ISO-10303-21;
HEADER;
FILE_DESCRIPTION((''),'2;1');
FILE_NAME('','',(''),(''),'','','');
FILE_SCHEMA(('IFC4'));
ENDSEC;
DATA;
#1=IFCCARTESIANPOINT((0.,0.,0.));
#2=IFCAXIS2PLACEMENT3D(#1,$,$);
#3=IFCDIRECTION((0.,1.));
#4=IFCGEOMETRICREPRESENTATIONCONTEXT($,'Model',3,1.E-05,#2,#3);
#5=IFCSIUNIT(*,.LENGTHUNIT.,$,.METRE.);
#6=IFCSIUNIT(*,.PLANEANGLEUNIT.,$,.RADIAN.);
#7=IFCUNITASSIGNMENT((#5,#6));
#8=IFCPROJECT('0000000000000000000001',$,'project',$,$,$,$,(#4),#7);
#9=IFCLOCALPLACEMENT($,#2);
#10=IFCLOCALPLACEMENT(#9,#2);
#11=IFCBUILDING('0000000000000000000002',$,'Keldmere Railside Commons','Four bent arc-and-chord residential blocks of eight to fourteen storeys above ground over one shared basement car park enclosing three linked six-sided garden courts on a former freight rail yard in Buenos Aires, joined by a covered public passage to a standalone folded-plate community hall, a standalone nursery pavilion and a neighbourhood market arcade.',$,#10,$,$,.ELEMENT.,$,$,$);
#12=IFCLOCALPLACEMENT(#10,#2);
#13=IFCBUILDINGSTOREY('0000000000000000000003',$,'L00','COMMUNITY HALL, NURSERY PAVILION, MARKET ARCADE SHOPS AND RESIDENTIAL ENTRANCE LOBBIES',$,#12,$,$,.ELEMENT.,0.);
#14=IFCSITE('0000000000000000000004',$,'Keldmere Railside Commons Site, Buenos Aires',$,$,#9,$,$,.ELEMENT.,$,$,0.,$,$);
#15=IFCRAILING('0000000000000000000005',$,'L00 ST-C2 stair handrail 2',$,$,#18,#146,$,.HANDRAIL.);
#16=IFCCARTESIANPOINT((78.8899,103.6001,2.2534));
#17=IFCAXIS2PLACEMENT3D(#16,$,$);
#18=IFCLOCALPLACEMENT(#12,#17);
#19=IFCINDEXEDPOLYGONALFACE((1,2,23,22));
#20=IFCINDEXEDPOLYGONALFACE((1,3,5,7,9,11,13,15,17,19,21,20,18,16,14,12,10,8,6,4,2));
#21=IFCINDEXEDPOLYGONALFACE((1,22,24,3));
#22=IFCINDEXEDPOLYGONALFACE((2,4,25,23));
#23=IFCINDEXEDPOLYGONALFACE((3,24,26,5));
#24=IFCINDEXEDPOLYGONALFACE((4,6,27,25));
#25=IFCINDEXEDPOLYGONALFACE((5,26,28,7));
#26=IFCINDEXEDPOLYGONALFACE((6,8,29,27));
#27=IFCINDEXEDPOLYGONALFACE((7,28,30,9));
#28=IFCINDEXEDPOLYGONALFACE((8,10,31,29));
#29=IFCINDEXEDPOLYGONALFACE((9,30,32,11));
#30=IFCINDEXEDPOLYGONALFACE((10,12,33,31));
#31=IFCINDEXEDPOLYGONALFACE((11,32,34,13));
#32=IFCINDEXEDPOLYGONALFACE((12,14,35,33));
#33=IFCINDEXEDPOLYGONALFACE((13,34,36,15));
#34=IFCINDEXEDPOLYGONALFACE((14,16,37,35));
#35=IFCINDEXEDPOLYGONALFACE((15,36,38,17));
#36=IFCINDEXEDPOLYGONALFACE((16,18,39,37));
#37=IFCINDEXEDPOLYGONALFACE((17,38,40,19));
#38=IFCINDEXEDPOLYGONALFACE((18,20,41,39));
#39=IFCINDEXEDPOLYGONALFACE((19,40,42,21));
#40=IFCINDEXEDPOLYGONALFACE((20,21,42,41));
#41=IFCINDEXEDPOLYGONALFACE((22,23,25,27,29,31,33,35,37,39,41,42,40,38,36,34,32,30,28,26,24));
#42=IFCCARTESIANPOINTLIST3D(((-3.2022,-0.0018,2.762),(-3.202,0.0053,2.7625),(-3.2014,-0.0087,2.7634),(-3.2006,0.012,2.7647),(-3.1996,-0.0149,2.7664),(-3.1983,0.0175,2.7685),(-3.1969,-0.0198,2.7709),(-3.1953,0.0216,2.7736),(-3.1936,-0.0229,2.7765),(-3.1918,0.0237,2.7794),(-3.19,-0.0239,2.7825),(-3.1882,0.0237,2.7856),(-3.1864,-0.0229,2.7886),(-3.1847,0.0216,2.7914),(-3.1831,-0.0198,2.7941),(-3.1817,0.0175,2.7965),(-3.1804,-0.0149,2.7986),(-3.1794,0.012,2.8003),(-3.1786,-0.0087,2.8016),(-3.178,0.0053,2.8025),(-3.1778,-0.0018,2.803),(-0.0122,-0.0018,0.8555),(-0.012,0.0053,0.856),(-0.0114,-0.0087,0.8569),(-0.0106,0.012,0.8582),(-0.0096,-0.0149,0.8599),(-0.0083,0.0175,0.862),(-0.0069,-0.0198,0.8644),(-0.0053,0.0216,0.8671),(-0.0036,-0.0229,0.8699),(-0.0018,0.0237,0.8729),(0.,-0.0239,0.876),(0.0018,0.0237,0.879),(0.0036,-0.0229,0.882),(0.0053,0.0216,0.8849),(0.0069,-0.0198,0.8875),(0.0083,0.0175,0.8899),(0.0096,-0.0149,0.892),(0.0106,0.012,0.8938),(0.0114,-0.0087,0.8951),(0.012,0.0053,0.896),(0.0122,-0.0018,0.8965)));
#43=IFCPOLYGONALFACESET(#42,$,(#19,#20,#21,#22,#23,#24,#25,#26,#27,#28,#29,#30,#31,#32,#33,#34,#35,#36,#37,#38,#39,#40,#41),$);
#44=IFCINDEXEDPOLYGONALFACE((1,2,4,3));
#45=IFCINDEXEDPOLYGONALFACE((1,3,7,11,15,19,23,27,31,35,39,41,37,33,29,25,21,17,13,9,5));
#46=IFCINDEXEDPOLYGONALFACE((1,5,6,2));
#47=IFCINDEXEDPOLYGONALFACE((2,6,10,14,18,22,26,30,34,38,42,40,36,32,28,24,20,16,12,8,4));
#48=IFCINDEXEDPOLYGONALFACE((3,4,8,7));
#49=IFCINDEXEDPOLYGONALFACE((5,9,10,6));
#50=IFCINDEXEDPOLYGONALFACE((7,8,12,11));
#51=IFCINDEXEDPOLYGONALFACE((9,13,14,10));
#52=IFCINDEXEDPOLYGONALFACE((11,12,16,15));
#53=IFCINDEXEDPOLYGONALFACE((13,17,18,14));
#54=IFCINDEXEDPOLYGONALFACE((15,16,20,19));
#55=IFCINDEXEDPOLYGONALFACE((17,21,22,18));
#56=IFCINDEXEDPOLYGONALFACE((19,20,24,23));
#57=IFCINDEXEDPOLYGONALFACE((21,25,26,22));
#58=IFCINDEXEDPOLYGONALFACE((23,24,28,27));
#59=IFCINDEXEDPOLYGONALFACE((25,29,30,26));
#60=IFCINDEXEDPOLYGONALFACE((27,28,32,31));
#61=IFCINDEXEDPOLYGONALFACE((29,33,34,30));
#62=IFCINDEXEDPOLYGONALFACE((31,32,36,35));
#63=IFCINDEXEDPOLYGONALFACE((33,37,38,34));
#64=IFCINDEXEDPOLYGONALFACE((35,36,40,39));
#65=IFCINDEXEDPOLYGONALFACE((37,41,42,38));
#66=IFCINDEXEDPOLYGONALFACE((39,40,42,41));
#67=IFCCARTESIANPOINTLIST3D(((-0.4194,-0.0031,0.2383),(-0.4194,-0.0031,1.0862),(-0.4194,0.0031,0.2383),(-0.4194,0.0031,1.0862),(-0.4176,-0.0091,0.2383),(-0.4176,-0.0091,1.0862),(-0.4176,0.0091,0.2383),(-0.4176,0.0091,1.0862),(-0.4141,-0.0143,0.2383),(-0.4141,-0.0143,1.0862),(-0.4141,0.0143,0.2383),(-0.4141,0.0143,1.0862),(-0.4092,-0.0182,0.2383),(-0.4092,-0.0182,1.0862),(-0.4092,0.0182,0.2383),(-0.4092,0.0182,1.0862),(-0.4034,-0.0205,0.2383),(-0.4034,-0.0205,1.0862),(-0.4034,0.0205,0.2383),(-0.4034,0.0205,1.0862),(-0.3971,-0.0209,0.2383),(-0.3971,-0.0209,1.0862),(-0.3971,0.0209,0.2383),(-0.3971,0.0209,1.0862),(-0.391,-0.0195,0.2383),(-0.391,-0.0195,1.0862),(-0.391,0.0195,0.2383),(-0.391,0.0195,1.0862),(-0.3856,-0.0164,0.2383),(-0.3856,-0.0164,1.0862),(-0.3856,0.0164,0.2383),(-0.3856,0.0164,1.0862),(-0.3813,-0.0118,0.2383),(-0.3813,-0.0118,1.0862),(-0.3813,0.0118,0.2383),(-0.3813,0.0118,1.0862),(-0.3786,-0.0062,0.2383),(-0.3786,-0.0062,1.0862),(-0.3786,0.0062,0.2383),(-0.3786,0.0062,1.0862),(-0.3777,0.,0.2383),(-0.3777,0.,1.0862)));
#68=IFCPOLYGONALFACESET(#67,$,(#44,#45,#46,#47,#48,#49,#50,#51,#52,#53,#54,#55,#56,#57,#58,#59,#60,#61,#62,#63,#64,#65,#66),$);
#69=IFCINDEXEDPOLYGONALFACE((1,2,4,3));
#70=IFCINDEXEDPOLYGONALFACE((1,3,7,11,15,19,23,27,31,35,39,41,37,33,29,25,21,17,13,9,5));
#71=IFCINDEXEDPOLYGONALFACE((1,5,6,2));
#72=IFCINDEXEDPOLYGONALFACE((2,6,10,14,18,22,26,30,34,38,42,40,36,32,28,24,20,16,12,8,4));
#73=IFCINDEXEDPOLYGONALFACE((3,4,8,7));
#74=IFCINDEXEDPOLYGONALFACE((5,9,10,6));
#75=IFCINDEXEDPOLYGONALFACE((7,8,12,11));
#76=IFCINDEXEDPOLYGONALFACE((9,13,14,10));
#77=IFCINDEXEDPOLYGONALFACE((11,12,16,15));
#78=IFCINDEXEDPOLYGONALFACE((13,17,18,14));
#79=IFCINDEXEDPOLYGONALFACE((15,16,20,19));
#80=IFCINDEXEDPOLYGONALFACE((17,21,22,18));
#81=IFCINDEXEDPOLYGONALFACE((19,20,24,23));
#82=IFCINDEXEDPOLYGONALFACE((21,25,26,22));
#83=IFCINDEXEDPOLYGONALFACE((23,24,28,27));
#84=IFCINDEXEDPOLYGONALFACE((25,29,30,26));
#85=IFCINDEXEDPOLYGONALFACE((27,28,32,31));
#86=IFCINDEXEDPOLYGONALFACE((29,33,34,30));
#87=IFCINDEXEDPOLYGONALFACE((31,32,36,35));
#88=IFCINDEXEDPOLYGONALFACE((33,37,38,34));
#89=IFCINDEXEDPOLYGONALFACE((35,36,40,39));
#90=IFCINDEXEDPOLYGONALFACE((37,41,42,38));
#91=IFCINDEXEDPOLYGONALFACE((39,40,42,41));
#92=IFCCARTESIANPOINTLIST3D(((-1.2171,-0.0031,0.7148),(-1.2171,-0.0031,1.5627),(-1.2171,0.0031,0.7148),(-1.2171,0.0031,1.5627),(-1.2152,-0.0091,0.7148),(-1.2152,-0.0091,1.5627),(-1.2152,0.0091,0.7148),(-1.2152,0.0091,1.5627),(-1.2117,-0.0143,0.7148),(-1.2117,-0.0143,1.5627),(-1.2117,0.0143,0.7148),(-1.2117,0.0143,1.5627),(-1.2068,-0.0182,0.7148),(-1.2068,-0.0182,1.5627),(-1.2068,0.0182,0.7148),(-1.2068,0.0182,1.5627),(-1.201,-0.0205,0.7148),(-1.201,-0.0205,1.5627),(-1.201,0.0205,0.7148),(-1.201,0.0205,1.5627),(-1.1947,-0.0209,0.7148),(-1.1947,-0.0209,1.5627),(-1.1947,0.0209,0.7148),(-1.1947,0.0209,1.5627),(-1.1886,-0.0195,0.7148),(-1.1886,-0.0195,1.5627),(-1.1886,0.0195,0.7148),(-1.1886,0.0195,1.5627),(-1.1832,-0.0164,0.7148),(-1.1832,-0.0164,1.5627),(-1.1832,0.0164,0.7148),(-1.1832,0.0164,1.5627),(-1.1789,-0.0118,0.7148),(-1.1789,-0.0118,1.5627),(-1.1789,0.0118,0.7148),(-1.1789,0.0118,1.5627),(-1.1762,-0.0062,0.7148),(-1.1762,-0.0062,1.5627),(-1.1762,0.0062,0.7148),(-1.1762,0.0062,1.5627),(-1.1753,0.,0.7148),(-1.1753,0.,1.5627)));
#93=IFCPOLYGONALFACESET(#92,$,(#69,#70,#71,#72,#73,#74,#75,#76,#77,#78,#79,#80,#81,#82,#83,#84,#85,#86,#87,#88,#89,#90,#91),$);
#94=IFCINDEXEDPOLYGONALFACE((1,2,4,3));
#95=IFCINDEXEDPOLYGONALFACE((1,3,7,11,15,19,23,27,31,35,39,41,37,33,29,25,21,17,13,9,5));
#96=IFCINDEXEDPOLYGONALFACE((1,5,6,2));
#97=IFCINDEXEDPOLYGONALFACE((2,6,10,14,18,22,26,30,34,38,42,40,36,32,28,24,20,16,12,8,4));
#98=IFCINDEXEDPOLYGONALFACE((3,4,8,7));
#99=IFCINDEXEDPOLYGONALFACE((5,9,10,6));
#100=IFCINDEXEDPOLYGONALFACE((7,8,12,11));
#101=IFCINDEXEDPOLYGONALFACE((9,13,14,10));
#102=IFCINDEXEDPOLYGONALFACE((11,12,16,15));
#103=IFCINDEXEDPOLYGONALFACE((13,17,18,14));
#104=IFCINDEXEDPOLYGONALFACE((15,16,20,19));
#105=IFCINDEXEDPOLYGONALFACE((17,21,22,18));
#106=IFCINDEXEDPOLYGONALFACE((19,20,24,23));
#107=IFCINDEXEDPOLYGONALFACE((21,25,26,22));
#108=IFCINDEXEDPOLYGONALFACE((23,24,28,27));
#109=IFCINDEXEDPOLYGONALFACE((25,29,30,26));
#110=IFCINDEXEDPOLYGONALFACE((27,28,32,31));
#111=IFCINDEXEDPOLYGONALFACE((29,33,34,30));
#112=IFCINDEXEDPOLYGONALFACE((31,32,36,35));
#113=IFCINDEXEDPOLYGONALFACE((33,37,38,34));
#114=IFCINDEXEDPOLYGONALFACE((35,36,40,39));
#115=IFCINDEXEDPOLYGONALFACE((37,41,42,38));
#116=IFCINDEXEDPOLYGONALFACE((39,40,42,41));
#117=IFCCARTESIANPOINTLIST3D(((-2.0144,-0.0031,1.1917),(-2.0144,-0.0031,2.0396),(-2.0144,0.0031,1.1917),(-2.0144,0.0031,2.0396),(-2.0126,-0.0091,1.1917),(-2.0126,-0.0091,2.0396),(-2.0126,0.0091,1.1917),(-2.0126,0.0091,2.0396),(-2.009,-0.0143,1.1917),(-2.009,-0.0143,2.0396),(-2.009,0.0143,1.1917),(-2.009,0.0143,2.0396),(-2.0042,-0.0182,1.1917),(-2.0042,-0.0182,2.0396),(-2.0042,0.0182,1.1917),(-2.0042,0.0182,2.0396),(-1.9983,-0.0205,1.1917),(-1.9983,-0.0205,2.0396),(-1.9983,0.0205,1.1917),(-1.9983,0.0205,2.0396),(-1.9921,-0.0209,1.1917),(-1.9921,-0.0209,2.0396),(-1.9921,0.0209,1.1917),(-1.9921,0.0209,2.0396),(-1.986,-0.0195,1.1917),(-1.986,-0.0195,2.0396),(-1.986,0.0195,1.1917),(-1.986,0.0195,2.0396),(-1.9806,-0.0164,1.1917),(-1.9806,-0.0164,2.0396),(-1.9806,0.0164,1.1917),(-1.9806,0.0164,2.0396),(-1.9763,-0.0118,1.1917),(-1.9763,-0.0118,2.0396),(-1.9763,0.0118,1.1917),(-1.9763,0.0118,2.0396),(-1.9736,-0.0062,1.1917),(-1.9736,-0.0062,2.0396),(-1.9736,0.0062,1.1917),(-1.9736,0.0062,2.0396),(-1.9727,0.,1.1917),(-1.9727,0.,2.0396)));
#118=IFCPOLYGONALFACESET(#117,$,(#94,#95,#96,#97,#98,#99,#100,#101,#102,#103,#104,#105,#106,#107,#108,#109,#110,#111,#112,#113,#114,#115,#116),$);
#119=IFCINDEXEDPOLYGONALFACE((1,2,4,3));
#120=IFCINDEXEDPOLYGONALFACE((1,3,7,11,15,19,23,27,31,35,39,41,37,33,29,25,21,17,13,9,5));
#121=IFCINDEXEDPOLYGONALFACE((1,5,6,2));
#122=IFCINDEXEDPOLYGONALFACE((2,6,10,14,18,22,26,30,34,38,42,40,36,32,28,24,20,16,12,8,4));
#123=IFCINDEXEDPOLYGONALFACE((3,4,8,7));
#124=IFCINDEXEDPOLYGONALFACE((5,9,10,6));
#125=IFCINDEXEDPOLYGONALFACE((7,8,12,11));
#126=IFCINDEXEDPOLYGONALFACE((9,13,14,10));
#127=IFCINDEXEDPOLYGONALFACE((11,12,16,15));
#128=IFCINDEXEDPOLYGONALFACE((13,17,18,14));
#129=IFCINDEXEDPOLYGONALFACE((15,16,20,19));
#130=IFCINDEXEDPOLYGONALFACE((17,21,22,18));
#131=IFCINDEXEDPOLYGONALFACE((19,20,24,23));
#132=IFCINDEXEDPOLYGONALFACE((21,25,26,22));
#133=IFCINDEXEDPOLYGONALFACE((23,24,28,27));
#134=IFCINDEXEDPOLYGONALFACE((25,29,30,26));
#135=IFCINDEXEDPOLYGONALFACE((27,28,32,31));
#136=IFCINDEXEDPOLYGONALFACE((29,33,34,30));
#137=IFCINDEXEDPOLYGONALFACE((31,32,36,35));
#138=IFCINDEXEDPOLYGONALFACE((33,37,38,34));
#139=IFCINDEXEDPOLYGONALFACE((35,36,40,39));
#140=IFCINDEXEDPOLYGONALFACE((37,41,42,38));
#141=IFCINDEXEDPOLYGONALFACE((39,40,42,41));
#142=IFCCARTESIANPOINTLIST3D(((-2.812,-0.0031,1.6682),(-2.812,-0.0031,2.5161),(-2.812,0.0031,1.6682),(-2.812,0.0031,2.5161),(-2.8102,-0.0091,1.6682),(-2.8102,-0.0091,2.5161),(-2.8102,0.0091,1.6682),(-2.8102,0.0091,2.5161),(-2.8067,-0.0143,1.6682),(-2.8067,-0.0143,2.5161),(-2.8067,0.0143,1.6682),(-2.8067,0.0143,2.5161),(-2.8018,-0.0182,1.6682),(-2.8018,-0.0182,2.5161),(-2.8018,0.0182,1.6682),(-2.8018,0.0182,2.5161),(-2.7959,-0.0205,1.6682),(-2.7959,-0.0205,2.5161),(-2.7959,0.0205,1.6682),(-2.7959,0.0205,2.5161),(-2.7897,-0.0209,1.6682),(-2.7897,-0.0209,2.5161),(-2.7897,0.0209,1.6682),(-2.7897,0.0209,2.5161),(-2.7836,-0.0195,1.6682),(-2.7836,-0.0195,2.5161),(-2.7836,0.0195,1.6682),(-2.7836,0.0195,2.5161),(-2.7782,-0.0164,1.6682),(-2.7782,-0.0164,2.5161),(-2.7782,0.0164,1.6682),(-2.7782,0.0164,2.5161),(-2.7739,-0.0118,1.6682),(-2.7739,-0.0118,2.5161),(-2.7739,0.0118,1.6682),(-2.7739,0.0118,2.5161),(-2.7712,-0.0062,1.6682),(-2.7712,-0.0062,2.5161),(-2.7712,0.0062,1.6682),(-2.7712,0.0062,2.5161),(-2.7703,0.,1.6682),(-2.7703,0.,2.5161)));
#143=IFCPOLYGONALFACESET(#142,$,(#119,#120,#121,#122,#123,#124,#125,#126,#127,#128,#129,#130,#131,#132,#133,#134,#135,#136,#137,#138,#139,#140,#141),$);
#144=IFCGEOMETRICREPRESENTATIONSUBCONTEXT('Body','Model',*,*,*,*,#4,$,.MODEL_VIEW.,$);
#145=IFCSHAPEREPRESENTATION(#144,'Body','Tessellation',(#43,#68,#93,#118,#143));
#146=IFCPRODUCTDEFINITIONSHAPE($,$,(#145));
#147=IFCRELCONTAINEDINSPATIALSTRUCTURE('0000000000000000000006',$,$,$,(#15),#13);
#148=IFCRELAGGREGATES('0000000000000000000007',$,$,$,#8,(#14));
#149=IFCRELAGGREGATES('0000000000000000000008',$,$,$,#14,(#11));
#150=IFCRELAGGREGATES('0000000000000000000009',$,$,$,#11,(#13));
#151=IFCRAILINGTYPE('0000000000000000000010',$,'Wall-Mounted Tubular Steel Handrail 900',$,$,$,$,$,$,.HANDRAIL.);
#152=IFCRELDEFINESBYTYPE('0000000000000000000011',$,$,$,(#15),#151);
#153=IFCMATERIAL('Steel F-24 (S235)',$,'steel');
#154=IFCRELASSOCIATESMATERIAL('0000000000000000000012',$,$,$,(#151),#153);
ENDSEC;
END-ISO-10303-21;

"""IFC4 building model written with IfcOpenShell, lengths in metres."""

from ifc_helpers import new_model, si_unit, direction, frame, origin, origin_2d, place, context, subcontext, project, spatial, circle, extrude, material, type_object, element, save


model = new_model("IFC4")

# Units and contexts
model_context = context("Model", 3, precision=1e-05, world=origin(), true_north=direction((0.0, 1.0)))
body_context = subcontext(model_context, "Body", "Model", "MODEL_VIEW")
ifc_project = project(units=[si_unit("LENGTHUNIT", "METRE"), si_unit("PLANEANGLEUNIT", "RADIAN")], contexts=[model_context])

# Site, building, storey
site_placement = place(None, origin())
site = spatial("IfcSite", under=ifc_project, at=site_placement, Name="Keldmere Railside Commons Site, Buenos Aires", CompositionType="ELEMENT", RefElevation=0.0)
building_placement = place(site_placement, origin())
building = spatial("IfcBuilding", under=site, at=building_placement, Name="Keldmere Railside Commons", Description="Four bent arc-and-chord residential blocks of eight to fourteen storeys above ground over one shared basement car park enclosing three linked six-sided garden courts on a former freight rail yard in Buenos Aires, joined by a covered public passage to a standalone folded-plate community hall, a standalone nursery pavilion and a neighbourhood market arcade.", CompositionType="ELEMENT")
storey_placement = place(building_placement, origin())
storey = spatial("IfcBuildingStorey", under=building, at=storey_placement, Name="L00", Description="COMMUNITY HALL, NURSERY PAVILION, MARKET ARCADE SHOPS AND RESIDENTIAL ENTRANCE LOBBIES", CompositionType="ELEMENT", Elevation=0.0)

# Shared definitions
ifc_material_1 = material(Name="Steel F-24 (S235)", Category="steel")

# Railing
railing_type_1 = type_object("IfcRailingType", Name="Wall-Mounted Tubular Steel Handrail 900", PredefinedType="HANDRAIL", material=ifc_material_1)
railing_1_placement = place(storey_placement, frame((78.8899, 103.6001, 2.2534)))
element("IfcRailing", 1, at=railing_1_placement, inside=storey, type_object=railing_type_1, Name="L00 ST-C2 stair handrail 2", PredefinedType="HANDRAIL", context=body_context, shape_type="SweptSolid", body=[
    extrude(circle(Radius=0.0239, at=origin_2d()), frame((0.0, 0.0, 0.876), z_axis=(-0.858379, 0.0, 0.513017), x_axis=(0.0, -1.0, 0.0)), (0.0, 0.0, 1.0), 3.7163),
    extrude(circle(Radius=0.021, at=origin_2d()), frame((-0.3987, 0.0, 0.2383)), (0.0, 0.0, 1.0), 0.8479),
    extrude(circle(Radius=0.021, at=origin_2d()), frame((-1.1963, 0.0, 0.7148)), (0.0, 0.0, 1.0), 0.8479),
    extrude(circle(Radius=0.021, at=origin_2d()), frame((-1.9937, 0.0, 1.1917)), (0.0, 0.0, 1.0), 0.8479),
    extrude(circle(Radius=0.021, at=origin_2d()), frame((-2.7913, 0.0, 1.6682)), (0.0, 0.0, 1.0), 0.8479),
])

save(model, "model.ifc")
